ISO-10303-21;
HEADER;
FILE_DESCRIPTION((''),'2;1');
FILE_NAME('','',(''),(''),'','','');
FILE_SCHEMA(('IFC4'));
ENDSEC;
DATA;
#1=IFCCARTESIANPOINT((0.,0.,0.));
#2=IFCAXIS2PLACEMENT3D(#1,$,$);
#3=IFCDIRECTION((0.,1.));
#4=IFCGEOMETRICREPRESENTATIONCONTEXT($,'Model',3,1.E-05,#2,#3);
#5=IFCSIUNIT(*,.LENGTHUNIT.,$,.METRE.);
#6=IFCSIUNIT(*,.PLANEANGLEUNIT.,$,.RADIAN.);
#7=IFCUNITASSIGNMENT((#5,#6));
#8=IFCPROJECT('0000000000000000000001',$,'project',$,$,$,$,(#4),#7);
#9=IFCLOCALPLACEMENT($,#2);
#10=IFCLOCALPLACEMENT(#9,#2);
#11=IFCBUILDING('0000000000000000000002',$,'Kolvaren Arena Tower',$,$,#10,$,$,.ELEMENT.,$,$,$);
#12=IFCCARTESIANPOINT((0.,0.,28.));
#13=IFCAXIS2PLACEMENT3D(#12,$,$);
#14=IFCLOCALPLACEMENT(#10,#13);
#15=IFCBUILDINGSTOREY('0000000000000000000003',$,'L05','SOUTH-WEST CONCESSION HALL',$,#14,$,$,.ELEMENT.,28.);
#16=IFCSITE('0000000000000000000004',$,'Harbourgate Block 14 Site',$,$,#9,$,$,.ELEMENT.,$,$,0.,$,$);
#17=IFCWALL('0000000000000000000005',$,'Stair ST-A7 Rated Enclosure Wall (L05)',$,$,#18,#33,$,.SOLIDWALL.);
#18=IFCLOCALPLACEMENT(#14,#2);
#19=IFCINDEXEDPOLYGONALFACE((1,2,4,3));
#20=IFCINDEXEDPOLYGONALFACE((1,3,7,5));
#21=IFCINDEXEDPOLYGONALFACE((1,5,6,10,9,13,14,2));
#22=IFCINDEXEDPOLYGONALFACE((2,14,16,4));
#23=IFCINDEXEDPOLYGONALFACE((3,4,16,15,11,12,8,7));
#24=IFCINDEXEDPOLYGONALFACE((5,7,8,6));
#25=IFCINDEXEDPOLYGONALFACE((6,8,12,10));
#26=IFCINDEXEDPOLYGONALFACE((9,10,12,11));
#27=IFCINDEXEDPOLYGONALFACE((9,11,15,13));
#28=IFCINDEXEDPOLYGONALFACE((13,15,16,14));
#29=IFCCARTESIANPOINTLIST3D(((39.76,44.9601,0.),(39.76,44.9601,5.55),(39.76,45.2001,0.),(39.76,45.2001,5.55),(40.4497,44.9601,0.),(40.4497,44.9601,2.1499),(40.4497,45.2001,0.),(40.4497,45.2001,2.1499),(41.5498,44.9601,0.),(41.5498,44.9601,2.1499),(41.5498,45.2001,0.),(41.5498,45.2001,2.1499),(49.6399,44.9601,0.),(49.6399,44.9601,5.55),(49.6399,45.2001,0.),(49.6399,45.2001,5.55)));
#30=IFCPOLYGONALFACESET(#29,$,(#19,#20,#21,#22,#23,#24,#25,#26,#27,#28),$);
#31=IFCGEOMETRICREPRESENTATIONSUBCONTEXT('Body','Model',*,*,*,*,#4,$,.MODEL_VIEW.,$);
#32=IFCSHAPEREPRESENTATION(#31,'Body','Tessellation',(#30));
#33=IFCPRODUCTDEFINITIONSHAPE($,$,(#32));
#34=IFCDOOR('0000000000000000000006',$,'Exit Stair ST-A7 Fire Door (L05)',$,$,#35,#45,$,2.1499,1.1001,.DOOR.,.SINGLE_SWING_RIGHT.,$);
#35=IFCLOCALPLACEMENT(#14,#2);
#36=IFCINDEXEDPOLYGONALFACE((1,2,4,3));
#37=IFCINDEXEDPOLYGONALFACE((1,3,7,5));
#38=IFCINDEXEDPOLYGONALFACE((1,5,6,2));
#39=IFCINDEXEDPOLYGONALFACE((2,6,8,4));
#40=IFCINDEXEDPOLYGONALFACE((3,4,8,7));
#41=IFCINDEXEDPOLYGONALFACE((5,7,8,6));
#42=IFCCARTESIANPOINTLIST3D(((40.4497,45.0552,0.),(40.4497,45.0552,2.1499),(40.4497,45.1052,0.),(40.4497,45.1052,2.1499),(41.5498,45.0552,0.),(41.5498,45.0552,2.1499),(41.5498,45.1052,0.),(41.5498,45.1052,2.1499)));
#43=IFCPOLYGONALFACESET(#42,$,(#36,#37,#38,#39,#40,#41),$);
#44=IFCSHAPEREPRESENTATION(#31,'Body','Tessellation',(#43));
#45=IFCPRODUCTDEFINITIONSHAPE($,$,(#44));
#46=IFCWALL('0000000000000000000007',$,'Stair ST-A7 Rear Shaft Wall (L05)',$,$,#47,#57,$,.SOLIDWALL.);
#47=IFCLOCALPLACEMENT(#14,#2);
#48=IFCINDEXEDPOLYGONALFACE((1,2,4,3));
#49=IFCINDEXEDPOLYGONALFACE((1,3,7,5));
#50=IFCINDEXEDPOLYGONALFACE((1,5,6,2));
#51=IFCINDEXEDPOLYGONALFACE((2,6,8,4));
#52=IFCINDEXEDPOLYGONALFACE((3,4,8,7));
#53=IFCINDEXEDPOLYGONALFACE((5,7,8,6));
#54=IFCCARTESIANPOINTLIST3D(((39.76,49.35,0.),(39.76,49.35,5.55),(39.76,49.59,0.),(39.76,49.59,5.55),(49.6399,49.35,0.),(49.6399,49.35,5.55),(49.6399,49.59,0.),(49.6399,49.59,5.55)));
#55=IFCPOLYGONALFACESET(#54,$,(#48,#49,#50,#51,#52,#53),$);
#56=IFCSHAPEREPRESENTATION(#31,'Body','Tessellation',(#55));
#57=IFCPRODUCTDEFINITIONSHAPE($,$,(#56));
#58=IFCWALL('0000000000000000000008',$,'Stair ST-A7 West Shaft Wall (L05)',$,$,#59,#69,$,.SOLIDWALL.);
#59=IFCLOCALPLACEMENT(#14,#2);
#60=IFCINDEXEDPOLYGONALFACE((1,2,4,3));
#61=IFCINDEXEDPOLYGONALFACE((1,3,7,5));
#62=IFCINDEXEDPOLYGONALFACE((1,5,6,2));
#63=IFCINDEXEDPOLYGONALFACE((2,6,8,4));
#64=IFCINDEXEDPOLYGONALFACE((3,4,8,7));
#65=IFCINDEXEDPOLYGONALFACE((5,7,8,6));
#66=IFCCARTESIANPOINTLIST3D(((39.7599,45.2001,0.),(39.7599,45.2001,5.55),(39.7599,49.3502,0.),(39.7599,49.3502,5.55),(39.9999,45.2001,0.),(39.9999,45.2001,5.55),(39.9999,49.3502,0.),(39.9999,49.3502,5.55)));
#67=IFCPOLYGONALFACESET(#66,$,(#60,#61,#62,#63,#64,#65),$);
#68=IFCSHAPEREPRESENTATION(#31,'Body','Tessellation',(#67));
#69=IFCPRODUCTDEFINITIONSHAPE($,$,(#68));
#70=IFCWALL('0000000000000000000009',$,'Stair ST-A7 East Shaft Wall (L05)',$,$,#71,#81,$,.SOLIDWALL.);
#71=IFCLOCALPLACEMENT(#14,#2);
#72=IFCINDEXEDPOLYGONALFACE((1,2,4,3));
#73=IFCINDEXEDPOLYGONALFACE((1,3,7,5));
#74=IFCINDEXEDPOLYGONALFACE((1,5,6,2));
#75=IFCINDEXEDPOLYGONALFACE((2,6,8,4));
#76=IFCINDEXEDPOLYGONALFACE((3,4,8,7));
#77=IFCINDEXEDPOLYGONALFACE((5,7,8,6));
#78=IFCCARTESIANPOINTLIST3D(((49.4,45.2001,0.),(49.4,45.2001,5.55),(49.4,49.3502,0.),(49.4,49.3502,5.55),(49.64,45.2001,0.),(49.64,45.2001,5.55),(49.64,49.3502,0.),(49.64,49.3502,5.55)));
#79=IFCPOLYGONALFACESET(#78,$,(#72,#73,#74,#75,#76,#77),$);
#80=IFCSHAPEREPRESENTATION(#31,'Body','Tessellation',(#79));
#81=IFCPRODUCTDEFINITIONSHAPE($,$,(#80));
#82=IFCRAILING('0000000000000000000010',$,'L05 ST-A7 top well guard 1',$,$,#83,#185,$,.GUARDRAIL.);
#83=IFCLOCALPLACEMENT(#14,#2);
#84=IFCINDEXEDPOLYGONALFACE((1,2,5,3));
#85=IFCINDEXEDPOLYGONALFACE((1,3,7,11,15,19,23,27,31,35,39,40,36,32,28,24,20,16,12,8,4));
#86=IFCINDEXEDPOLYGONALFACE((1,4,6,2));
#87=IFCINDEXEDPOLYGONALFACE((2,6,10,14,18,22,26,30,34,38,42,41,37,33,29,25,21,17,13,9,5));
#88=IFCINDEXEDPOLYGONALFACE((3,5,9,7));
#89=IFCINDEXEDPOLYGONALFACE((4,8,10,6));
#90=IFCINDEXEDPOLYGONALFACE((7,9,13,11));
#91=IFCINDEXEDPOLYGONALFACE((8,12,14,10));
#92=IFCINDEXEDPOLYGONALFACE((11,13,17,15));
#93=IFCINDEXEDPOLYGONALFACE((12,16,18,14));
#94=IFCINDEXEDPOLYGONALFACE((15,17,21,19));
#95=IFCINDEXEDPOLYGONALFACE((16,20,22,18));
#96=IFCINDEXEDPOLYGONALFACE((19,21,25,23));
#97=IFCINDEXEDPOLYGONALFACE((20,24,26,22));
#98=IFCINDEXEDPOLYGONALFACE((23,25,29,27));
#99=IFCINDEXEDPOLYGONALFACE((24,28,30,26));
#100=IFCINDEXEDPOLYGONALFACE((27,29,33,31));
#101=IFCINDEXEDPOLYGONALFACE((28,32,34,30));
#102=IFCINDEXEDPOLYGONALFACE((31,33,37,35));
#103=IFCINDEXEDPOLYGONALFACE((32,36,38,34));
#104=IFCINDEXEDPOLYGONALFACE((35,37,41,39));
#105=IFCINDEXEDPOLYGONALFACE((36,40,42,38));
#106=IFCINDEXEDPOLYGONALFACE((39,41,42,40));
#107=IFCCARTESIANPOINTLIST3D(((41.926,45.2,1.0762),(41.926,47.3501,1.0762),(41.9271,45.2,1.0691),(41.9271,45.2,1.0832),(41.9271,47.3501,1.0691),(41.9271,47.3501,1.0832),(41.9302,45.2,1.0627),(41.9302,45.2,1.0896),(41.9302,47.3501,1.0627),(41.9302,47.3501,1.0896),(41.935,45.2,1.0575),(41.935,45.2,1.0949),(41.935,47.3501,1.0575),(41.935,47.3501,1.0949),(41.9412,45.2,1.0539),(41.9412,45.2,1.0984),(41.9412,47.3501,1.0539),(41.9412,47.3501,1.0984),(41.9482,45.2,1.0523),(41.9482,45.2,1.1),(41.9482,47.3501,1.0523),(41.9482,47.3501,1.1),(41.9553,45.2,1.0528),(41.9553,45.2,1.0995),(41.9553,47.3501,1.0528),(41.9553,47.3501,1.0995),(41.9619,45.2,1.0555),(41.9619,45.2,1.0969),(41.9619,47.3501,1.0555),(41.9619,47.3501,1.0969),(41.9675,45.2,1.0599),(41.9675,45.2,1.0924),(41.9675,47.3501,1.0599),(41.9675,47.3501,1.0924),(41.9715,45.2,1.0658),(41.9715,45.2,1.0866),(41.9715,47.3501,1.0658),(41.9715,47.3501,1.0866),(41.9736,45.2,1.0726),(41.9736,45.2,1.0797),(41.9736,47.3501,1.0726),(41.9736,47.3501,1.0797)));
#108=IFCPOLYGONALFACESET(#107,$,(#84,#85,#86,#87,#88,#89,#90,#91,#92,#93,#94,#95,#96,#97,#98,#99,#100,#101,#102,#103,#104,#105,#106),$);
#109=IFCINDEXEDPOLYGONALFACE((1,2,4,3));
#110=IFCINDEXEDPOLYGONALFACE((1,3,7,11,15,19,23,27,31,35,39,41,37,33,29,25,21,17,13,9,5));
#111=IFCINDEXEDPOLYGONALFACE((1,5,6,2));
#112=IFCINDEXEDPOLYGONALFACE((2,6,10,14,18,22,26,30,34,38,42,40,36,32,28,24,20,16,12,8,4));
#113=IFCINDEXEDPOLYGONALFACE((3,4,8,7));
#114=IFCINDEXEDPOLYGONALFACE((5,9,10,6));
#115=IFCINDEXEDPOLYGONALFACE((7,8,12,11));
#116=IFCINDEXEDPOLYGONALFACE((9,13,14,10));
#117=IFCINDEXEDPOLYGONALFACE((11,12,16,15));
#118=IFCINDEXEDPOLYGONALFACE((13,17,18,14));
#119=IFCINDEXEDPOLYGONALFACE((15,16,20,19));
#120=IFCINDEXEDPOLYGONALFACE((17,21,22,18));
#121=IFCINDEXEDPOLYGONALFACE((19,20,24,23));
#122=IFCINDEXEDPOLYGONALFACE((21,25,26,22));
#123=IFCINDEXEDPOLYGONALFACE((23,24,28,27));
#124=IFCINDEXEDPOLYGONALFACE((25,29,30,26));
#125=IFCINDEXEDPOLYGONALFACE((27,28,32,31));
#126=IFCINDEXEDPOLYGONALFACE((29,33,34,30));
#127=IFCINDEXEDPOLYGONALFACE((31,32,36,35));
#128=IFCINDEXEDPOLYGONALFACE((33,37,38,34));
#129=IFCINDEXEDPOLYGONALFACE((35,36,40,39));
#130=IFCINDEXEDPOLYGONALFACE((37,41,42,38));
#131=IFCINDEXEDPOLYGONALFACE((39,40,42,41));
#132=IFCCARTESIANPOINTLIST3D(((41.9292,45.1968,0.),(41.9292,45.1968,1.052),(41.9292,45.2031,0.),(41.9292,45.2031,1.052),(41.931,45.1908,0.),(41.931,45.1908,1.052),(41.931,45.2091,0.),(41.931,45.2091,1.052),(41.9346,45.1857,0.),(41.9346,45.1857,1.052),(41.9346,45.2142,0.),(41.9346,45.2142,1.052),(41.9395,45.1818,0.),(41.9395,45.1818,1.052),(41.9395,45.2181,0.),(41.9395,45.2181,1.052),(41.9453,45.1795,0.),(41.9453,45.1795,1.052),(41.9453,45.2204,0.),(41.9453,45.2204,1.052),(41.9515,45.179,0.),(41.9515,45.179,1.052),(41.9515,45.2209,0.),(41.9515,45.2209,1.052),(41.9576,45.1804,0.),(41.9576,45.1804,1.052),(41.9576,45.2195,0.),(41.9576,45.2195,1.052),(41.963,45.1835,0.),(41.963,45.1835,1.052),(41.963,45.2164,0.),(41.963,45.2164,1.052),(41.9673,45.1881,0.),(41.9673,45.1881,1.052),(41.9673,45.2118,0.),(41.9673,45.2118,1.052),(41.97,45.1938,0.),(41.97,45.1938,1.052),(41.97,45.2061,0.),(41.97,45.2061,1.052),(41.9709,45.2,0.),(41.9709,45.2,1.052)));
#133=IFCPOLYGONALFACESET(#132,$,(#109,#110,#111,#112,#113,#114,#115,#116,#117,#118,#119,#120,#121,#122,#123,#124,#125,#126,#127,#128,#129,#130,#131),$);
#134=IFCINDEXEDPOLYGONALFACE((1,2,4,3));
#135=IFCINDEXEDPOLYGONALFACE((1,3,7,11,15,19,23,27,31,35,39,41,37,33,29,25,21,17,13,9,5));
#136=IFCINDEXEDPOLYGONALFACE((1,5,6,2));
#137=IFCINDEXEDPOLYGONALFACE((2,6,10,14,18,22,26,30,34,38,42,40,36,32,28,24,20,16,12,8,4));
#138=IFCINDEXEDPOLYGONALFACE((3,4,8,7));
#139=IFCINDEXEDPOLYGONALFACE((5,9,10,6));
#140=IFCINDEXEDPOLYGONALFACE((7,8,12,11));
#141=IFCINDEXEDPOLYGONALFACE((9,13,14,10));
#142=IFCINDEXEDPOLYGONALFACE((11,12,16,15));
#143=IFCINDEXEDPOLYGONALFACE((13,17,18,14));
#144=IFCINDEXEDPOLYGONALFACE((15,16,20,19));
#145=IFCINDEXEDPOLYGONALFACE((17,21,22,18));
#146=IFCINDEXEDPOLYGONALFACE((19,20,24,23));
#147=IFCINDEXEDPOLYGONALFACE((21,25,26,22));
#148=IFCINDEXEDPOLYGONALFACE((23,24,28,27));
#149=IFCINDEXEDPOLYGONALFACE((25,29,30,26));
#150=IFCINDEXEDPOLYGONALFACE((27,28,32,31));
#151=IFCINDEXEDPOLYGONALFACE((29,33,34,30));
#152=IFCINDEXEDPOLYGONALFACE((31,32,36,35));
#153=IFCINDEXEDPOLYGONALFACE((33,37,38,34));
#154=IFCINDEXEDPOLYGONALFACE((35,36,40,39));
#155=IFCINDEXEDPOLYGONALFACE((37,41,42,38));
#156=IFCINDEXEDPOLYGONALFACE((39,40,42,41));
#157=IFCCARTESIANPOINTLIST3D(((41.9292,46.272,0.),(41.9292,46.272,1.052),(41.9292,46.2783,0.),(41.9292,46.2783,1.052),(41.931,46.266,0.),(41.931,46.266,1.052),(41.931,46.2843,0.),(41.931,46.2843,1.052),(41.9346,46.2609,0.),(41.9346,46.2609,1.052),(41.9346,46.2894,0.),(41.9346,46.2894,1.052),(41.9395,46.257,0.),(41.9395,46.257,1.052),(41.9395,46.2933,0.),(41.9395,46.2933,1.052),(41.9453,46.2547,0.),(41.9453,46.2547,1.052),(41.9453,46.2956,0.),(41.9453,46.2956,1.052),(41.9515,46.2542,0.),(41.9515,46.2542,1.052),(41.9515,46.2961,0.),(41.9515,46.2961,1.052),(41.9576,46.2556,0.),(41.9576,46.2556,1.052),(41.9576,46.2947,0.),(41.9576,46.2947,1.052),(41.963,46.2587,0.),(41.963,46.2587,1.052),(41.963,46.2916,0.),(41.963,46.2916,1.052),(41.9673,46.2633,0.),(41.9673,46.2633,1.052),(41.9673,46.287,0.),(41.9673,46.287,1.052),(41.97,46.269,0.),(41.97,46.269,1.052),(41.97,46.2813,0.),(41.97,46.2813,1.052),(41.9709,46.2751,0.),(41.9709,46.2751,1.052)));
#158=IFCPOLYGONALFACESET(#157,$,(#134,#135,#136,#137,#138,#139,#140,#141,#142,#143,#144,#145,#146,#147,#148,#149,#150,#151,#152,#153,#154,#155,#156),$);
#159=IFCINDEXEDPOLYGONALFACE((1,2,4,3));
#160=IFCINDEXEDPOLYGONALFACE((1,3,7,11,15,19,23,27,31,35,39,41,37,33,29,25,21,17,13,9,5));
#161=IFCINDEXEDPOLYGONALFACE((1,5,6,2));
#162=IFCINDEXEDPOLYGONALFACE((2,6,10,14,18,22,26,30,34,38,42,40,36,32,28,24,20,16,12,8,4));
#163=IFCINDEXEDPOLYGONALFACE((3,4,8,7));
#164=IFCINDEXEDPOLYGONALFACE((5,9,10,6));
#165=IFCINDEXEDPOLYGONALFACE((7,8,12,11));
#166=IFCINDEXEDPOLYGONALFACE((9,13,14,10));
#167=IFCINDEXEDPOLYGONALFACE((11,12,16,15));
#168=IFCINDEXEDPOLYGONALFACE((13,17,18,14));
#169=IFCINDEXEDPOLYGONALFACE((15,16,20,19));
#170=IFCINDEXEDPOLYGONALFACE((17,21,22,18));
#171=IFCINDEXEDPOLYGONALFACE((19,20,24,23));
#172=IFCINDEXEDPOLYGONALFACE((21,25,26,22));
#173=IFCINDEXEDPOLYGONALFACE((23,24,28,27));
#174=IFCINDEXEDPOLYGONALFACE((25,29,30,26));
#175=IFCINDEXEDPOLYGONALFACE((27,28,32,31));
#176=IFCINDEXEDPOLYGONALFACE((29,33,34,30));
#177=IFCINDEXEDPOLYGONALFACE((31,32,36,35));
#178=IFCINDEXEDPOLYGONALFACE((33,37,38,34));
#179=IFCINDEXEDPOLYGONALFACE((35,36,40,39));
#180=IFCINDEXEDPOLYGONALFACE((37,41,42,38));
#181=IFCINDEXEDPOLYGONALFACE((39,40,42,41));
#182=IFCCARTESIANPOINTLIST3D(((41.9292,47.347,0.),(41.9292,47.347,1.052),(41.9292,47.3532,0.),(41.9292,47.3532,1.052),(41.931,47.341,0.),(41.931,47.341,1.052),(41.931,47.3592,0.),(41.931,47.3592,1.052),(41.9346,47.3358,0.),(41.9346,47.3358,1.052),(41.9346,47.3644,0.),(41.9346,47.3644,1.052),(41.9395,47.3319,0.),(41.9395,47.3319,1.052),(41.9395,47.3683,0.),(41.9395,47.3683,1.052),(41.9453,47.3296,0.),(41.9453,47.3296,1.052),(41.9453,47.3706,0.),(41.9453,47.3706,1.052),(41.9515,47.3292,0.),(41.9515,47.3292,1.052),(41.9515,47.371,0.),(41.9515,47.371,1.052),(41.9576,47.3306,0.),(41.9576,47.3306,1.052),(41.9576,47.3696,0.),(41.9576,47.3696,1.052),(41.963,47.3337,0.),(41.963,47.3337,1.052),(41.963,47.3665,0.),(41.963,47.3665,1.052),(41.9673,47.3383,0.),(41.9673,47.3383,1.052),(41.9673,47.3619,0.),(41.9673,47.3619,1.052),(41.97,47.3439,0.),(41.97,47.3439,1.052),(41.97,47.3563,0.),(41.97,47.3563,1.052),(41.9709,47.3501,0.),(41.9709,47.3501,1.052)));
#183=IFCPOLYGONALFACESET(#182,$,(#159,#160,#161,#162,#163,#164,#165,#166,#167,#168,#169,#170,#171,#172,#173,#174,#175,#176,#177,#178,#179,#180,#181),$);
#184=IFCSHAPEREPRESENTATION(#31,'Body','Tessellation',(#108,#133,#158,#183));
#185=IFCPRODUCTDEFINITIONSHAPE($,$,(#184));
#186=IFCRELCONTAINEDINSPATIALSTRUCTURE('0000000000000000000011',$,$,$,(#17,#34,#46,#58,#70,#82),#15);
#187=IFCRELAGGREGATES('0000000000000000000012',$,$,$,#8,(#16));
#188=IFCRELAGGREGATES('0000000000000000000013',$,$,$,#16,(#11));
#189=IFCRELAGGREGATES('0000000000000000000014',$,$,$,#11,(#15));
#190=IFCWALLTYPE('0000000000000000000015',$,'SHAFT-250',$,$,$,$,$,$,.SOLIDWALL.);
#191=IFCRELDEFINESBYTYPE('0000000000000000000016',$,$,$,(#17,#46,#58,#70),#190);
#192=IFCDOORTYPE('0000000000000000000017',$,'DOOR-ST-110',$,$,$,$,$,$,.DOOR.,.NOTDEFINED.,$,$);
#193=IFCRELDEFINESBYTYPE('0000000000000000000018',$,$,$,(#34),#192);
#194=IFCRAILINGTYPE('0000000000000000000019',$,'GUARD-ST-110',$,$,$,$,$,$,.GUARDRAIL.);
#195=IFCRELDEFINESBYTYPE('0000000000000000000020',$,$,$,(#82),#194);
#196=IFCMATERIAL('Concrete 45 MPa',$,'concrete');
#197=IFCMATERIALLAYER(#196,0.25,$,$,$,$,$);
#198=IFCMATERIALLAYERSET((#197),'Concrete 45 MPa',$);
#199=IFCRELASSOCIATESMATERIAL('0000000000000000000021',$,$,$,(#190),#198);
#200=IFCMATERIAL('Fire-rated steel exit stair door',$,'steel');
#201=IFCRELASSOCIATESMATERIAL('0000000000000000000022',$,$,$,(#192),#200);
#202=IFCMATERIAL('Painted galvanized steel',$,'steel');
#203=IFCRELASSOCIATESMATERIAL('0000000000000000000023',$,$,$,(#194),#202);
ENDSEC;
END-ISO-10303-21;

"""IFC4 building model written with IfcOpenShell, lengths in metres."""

from ifc_helpers import new_model, si_unit, direction, frame, frame_2d, origin, origin_2d, place, context, subcontext, project, spatial, rectangle, circle, extrude, material, layer, layer_set, type_object, element, fill, save


model = new_model("IFC4")

# Units and contexts
model_context = context("Model", 3, precision=1e-05, world=origin(), true_north=direction((0.0, 1.0)))
body_context = subcontext(model_context, "Body", "Model", "MODEL_VIEW")
ifc_project = project(units=[si_unit("LENGTHUNIT", "METRE"), si_unit("PLANEANGLEUNIT", "RADIAN")], contexts=[model_context])

# Site, building, storey
site_placement = place(None, origin())
site = spatial("IfcSite", under=ifc_project, at=site_placement, Name="Harbourgate Block 14 Site", CompositionType="ELEMENT", RefElevation=0.0)
building_placement = place(site_placement, origin())
building = spatial("IfcBuilding", under=site, at=building_placement, Name="Kolvaren Arena Tower", CompositionType="ELEMENT")
storey_placement = place(building_placement, frame((0.0, 0.0, 28.0)))
storey = spatial("IfcBuildingStorey", under=building, at=storey_placement, Name="L05", Description="SOUTH-WEST CONCESSION HALL", CompositionType="ELEMENT", Elevation=28.0)

# Wall, opening, door
ifc_material_1 = material(Name="Concrete 45 MPa", Category="concrete")
ifc_layer_1 = layer(ifc_material_1, 0.25)
ifc_layer_set_1 = layer_set([ifc_layer_1], Name="Concrete 45 MPa")
wall_type_1 = type_object("IfcWallType", Name="SHAFT-250", PredefinedType="SOLIDWALL", material=ifc_layer_set_1)
wall_1_placement = place(storey_placement, frame((49.6399, 45.0801, 0.0), z_axis=(0.0, 0.0, 1.0), x_axis=(-1.0, 0.0, 0.0)))
wall_1 = element("IfcWall", 1, at=wall_1_placement, inside=storey, type_object=wall_type_1, Name="Stair ST-A7 Rated Enclosure Wall (L05)", PredefinedType="SOLIDWALL", context=body_context, shape_type="SweptSolid", body=[
    extrude(rectangle(XDim=9.8799, YDim=0.24, at=frame_2d((4.9399, 0.0))), origin(), (0.0, 0.0, 1.0), 5.55),
])
opening_1_placement = place(wall_1_placement, frame((8.0901, 0.0, 0.0)))
opening_1 = element("IfcOpeningElement", 2, at=opening_1_placement, cuts=wall_1, PredefinedType="OPENING", context=body_context, shape_type="SweptSolid", body=[
    extrude(rectangle(XDim=1.1001, YDim=2.1499, at=frame_2d((0.55, 1.075))), frame((0.0, 0.1299, 0.0), z_axis=(0.0, -1.0, 0.0), x_axis=(1.0, 0.0, 0.0)), (0.0, 0.0, 1.0), 0.26),
])
ifc_material_2 = material(Name="Fire-rated steel exit stair door", Category="steel")
door_type_1 = type_object("IfcDoorType", Name="DOOR-ST-110", OperationType="NOTDEFINED", PredefinedType="DOOR", material=ifc_material_2)
door_1_placement = place(opening_1_placement, origin())
door_1 = element("IfcDoor", 3, at=door_1_placement, inside=storey, type_object=door_type_1, Name="Exit Stair ST-A7 Fire Door (L05)", OperationType="SINGLE_SWING_RIGHT", OverallHeight=2.1499, OverallWidth=1.1001, PredefinedType="DOOR", context=body_context, shape_type="SweptSolid", body=[
    extrude(rectangle(XDim=1.1001, YDim=2.1499, at=frame_2d((0.55, 1.075))), frame((0.0, 0.0249, 0.0), z_axis=(0.0, -1.0, 0.0), x_axis=(1.0, 0.0, 0.0)), (0.0, 0.0, 1.0), 0.05),
])
fill(opening_1, door_1)

# Walls
wall_2_placement = place(storey_placement, frame((39.76, 49.47, 0.0), z_axis=(0.0, 0.0, 1.0), x_axis=(1.0, 0.0, 0.0)))
element("IfcWall", 4, at=wall_2_placement, inside=storey, type_object=wall_type_1, Name="Stair ST-A7 Rear Shaft Wall (L05)", PredefinedType="SOLIDWALL", context=body_context, shape_type="SweptSolid", body=[
    extrude(rectangle(XDim=9.8799, YDim=0.24, at=frame_2d((4.9399, 0.0))), origin(), (0.0, 0.0, 1.0), 5.55),
])
for number, where, z_axis, x_axis, name in (
    (5, (39.8799, 45.2, 0.0), (0.0, 0.0, 1.0), (0.0, 1.0, 0.0), "Stair ST-A7 West Shaft Wall (L05)"),
    (6, (49.52, 45.2, 0.0), (0.0, 0.0, 1.0), (0.0, 1.0, 0.0), "Stair ST-A7 East Shaft Wall (L05)"),
):
    element("IfcWall", number, at=place(storey_placement, frame(where, z_axis=z_axis, x_axis=x_axis)), inside=storey, type_object=wall_type_1, Name=name, PredefinedType="SOLIDWALL", context=body_context, shape_type="SweptSolid", body=[
        extrude(rectangle(XDim=4.1501, YDim=0.24, at=frame_2d((2.0752, 0.0))), origin(), (0.0, 0.0, 1.0), 5.55),
    ])

# Railing
ifc_material_3 = material(Name="Painted galvanized steel", Category="steel")
railing_type = type_object("IfcRailingType", Name="GUARD-ST-110", PredefinedType="GUARDRAIL", material=ifc_material_3)
railing_placement = place(storey_placement, frame((41.95, 45.2, 0.0)))
element("IfcRailing", 7, at=railing_placement, inside=storey, type_object=railing_type, Name="L05 ST-A7 top well guard 1", PredefinedType="GUARDRAIL", context=body_context, shape_type="SweptSolid", body=[
    extrude(circle(Radius=0.0239, at=origin_2d()), frame((0.0, 0.0, 1.0762), z_axis=(0.0, 1.0, 0.0), x_axis=(-1.0, 0.0, 0.0)), (0.0, 0.0, 1.0), 2.1501),
    extrude(circle(Radius=0.021, at=origin_2d()), origin(), (0.0, 0.0, 1.0), 1.052),
    extrude(circle(Radius=0.021, at=origin_2d()), frame((0.0, 1.0752, 0.0)), (0.0, 0.0, 1.0), 1.052),
    extrude(circle(Radius=0.021, at=origin_2d()), frame((0.0, 2.1501, 0.0)), (0.0, 0.0, 1.0), 1.052),
])

save(model, "model.ifc")
